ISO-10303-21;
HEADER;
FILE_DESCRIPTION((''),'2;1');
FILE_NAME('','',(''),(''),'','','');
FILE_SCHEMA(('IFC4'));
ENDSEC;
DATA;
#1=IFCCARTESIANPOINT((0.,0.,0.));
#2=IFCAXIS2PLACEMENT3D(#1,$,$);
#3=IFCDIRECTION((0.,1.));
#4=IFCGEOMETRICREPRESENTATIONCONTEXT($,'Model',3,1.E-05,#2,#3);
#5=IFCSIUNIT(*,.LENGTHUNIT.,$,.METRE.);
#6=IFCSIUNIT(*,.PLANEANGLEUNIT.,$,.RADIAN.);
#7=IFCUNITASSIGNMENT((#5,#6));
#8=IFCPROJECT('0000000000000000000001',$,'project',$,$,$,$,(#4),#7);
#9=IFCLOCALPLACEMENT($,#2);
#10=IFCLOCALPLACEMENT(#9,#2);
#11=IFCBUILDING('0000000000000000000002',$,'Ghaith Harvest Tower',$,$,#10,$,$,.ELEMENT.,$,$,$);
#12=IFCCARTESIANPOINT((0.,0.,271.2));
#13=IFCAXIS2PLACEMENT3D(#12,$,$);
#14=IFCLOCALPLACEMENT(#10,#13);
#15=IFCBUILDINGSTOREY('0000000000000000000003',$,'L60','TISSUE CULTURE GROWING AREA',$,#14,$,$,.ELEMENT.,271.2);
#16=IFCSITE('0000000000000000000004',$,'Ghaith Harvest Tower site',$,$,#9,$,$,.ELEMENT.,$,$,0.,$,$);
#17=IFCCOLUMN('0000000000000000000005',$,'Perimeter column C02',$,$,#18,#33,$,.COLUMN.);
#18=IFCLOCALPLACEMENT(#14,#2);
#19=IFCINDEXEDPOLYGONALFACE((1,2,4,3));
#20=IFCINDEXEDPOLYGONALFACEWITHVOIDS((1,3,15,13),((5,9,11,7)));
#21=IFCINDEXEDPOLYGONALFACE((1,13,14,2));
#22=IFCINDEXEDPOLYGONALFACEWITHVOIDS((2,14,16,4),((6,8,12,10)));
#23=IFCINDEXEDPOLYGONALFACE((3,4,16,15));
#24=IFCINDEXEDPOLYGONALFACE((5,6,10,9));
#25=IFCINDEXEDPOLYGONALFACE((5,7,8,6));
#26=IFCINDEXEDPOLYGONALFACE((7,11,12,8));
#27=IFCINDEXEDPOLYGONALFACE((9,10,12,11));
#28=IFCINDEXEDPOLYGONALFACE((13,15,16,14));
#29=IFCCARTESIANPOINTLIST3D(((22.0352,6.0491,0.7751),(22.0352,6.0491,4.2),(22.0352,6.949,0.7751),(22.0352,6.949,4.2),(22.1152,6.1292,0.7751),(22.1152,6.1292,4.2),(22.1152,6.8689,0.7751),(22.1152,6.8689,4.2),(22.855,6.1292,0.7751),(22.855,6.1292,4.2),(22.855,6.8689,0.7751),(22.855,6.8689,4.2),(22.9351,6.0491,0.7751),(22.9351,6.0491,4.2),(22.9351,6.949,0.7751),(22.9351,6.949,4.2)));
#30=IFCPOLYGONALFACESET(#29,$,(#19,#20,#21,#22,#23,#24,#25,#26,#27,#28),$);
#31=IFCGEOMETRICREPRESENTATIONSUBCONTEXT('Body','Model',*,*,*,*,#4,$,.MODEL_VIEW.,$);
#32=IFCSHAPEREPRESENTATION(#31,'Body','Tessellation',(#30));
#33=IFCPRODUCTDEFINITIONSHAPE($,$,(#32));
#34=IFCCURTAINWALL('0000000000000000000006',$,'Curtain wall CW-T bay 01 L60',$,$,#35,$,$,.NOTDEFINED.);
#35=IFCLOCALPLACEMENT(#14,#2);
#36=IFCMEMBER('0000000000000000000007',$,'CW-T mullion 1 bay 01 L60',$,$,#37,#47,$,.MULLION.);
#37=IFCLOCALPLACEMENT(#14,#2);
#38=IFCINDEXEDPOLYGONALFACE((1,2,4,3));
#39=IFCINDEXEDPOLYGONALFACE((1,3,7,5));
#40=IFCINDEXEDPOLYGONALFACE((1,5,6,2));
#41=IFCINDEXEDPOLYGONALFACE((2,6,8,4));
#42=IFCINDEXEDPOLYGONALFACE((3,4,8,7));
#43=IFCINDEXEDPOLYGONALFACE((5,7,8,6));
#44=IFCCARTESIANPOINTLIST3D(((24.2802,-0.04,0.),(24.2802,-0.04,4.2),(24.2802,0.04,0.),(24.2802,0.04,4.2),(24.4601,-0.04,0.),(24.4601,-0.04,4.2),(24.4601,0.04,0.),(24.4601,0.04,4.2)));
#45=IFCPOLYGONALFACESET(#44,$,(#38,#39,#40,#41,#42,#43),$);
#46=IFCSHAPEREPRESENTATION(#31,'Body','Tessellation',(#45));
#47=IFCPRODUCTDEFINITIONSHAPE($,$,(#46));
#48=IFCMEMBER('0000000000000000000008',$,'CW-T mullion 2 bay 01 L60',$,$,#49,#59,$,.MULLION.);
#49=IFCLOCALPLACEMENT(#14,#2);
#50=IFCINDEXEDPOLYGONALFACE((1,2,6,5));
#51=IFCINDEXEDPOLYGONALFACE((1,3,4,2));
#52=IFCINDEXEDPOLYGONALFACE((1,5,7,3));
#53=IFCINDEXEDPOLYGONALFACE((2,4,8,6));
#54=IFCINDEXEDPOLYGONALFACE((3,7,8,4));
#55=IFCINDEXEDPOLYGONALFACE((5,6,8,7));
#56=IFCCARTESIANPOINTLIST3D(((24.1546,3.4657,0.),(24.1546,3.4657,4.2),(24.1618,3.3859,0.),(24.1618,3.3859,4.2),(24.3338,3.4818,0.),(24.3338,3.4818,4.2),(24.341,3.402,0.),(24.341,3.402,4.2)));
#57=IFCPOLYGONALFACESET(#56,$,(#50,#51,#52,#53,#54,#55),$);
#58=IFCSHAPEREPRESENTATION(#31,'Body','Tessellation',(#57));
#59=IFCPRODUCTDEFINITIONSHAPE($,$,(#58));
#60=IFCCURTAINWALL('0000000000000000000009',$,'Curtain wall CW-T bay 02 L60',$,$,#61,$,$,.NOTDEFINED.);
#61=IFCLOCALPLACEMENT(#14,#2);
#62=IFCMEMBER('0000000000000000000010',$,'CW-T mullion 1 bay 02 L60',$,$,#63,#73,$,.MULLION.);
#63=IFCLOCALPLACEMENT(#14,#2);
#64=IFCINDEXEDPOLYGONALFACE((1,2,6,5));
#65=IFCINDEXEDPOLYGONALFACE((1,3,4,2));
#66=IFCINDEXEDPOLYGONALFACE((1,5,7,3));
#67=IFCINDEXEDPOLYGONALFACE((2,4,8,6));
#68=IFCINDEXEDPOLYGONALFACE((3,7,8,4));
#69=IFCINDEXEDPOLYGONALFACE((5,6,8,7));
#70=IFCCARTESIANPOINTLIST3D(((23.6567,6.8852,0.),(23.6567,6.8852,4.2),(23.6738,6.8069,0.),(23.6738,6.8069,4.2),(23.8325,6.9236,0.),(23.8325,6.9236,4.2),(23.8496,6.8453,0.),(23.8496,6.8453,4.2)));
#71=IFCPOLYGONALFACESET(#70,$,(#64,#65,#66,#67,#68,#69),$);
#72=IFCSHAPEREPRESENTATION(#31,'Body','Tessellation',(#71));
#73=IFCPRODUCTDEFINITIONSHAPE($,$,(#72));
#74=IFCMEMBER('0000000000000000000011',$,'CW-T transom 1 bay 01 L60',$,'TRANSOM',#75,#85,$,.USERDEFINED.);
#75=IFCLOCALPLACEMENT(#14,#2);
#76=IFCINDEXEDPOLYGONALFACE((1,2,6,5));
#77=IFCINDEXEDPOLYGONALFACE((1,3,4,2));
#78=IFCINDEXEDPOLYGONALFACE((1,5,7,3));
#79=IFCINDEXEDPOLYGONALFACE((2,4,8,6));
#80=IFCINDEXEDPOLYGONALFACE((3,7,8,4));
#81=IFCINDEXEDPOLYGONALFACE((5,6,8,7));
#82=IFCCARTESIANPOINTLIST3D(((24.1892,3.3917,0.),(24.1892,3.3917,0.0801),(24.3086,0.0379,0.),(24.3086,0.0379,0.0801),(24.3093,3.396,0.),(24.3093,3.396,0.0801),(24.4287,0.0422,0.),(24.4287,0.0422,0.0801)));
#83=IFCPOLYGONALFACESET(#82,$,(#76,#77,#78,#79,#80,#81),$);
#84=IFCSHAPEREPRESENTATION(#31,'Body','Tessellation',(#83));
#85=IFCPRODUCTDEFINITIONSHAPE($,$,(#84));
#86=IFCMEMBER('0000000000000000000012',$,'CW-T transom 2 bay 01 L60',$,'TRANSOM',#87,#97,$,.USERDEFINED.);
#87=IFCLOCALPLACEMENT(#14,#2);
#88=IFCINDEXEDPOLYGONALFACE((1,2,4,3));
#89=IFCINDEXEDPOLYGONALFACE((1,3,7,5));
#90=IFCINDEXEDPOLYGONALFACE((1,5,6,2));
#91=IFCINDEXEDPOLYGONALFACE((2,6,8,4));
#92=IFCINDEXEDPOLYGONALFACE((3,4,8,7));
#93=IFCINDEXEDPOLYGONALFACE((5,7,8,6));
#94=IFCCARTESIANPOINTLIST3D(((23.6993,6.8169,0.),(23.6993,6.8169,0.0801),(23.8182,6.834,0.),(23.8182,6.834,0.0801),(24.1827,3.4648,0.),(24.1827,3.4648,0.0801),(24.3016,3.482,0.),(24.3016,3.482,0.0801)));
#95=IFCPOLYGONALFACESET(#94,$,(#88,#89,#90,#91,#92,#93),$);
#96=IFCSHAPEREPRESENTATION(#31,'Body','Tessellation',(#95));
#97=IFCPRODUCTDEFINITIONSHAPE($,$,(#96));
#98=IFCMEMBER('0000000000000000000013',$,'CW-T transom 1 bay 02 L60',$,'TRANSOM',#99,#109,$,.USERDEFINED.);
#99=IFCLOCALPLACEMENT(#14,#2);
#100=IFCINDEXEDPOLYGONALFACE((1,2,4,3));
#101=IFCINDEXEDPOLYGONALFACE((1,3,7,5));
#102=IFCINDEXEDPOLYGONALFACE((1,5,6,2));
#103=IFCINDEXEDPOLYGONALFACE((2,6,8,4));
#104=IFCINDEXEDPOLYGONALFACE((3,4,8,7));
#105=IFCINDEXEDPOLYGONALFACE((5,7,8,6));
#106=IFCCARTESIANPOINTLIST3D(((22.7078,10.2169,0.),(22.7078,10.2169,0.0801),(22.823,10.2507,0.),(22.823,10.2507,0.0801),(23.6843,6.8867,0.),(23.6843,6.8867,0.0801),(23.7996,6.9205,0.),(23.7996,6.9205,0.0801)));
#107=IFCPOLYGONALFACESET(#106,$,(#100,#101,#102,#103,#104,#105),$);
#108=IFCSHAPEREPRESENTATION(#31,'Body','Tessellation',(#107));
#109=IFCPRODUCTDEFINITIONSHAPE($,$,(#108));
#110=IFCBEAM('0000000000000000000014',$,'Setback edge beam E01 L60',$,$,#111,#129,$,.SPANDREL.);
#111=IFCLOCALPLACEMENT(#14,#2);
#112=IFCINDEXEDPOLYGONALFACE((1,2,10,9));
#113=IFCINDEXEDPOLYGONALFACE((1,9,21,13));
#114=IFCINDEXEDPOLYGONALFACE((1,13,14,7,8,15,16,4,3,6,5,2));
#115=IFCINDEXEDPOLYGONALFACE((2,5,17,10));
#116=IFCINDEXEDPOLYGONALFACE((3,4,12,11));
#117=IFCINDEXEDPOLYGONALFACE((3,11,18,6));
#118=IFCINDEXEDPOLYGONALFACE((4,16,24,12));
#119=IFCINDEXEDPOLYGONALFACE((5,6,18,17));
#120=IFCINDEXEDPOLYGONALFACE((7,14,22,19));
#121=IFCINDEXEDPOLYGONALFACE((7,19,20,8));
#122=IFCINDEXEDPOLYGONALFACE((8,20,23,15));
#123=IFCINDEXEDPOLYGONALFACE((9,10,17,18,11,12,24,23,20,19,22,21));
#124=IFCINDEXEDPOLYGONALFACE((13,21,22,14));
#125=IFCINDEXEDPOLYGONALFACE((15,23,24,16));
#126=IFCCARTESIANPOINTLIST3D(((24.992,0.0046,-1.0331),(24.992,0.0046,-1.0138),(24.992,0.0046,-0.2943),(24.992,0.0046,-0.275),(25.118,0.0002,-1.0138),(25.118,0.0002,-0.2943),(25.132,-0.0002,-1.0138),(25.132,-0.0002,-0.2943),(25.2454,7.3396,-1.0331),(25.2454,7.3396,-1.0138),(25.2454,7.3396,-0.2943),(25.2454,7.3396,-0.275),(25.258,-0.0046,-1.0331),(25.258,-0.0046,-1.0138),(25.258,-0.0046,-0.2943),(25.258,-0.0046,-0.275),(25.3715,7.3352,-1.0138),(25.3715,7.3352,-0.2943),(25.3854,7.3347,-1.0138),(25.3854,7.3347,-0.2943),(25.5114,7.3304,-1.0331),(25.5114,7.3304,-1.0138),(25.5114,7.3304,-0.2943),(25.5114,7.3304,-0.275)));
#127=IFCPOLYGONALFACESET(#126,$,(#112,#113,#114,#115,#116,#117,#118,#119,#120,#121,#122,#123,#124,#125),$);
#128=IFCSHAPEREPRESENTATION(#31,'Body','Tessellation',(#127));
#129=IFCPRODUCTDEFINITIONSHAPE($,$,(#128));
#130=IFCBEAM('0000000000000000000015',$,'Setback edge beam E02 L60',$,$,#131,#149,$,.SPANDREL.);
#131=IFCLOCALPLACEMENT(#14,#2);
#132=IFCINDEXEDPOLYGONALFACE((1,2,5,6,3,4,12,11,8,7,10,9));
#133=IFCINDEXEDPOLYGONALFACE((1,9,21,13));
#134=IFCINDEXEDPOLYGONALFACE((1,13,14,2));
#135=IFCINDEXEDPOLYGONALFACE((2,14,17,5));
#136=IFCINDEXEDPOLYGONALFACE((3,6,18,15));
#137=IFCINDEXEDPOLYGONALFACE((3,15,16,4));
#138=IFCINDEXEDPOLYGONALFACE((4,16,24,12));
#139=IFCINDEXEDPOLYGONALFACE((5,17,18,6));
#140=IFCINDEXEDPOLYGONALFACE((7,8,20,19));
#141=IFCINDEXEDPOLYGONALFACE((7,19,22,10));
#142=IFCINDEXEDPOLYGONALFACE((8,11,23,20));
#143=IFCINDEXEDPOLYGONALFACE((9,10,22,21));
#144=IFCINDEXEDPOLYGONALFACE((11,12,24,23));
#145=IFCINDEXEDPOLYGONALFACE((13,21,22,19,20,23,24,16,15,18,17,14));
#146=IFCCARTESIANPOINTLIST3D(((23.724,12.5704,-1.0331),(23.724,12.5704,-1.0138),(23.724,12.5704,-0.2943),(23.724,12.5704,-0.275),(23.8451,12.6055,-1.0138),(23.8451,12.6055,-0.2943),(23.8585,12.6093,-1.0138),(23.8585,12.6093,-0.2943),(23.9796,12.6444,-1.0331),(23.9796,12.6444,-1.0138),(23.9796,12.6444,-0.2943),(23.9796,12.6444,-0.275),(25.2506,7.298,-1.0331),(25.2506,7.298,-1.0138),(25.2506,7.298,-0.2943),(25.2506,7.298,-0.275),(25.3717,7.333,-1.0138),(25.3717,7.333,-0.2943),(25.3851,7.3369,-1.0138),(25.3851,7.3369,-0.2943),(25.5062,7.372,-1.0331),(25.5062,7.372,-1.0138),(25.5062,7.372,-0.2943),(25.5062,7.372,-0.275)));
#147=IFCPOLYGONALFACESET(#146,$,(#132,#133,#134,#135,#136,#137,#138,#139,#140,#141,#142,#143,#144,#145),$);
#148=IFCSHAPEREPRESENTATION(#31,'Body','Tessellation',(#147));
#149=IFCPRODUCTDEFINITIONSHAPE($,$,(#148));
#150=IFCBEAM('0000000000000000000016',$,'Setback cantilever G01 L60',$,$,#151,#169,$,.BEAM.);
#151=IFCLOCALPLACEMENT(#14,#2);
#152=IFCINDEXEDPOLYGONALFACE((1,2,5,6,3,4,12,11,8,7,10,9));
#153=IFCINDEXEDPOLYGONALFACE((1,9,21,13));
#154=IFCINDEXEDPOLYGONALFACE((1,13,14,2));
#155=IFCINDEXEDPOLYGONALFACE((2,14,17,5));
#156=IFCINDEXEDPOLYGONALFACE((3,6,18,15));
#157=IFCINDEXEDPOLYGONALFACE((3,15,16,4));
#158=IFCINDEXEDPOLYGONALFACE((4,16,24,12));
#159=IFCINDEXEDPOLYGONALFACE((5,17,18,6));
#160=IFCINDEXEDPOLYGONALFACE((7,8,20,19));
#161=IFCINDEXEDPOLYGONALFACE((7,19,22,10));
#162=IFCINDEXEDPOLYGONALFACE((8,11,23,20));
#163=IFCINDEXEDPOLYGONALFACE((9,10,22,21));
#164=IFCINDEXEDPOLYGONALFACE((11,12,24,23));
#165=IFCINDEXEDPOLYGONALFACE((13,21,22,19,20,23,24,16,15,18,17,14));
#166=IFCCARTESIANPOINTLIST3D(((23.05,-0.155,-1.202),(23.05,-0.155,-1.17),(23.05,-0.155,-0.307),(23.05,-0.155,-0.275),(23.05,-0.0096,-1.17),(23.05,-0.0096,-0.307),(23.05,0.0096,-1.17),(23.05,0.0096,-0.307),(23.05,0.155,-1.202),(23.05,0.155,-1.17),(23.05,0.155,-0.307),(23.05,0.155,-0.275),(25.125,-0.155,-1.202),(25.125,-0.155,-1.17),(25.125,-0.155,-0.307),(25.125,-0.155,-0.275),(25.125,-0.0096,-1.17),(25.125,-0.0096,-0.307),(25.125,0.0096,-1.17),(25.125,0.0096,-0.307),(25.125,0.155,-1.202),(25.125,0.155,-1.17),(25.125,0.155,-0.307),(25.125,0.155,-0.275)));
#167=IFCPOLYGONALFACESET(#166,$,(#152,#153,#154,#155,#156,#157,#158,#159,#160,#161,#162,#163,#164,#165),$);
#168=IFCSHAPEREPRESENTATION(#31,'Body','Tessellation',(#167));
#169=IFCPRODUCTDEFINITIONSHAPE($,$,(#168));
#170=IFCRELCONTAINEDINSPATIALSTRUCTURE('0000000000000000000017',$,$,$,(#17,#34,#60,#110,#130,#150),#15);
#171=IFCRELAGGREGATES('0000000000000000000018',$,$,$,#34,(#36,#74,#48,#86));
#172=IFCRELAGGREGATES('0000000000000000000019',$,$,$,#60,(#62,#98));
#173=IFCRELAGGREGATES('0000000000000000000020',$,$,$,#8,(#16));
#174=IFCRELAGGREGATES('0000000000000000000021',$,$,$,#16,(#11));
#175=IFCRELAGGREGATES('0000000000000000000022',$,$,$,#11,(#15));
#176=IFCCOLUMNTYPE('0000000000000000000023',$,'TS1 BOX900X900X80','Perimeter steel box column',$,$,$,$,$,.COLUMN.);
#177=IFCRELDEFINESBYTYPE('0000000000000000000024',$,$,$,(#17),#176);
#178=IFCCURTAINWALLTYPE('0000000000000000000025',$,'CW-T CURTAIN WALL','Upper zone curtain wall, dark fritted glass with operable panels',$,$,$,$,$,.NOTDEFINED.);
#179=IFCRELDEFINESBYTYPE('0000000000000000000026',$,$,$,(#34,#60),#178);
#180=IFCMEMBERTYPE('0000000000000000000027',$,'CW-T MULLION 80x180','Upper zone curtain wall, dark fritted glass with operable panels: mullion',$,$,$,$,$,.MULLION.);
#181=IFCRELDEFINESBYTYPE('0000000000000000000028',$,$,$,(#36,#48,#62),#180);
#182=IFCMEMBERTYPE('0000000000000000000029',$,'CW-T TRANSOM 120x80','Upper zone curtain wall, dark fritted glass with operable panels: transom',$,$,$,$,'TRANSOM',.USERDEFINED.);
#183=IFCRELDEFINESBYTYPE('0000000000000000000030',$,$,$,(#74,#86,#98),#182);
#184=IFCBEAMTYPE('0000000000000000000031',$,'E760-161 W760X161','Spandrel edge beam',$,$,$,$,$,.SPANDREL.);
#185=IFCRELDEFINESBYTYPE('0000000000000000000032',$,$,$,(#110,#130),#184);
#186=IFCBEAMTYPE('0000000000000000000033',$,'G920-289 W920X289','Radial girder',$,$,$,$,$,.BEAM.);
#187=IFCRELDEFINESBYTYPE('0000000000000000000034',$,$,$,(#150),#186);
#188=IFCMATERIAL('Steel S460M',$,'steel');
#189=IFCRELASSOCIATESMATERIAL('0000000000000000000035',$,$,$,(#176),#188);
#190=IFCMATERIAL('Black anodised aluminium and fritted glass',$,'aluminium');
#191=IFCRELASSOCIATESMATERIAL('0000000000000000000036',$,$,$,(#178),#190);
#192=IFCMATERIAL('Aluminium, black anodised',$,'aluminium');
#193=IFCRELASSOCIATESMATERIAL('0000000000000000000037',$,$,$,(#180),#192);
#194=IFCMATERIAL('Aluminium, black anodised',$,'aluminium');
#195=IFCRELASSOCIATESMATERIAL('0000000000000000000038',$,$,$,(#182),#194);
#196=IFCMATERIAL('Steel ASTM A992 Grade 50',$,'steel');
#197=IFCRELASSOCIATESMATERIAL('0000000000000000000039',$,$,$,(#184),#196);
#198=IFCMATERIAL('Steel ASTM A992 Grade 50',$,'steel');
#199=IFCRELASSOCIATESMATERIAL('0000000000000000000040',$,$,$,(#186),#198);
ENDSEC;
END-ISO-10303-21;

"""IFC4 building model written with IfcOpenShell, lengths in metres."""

from ifc_helpers import new_model, si_unit, direction, frame, origin, origin_2d, place, context, subcontext, project, spatial, rectangle, hollow_rectangle, i_section, extrude, material, material_profile, profile_set, type_object, element, aggregate, save


model = new_model("IFC4")

# Units and contexts
model_context = context("Model", 3, precision=1e-05, world=origin(), true_north=direction((0.0, 1.0)))
body_context = subcontext(model_context, "Body", "Model", "MODEL_VIEW")
ifc_project = project(units=[si_unit("LENGTHUNIT", "METRE"), si_unit("PLANEANGLEUNIT", "RADIAN")], contexts=[model_context])

# Site, building, storey
site_placement = place(None, origin())
site = spatial("IfcSite", under=ifc_project, at=site_placement, Name="Ghaith Harvest Tower site", CompositionType="ELEMENT", RefElevation=0.0)
building_placement = place(site_placement, origin())
building = spatial("IfcBuilding", under=site, at=building_placement, Name="Ghaith Harvest Tower", CompositionType="ELEMENT")
storey_placement = place(building_placement, frame((0.0, 0.0, 271.2)))
storey = spatial("IfcBuildingStorey", under=building, at=storey_placement, Name="L60", Description="TISSUE CULTURE GROWING AREA", CompositionType="ELEMENT", Elevation=271.2)

# Column
ifc_material_1 = material(Name="Steel S460M", Category="steel")
ifc_material_profile_1 = material_profile(ifc_material_1, hollow_rectangle(XDim=0.8999, YDim=0.8999, WallThickness=0.0801, at=origin_2d()), Name="BOX900X900X80")
ifc_profile_set_1 = profile_set([ifc_material_profile_1], Name="Steel S460M")
column_type = type_object("IfcColumnType", Name="TS1 BOX900X900X80", Description="Perimeter steel box column", PredefinedType="COLUMN", material=ifc_profile_set_1)
column_placement = place(storey_placement, frame((22.4851, 6.499, 0.7751), z_axis=(0.0, 0.0, 1.0), x_axis=(1.0, 0.0, 0.0)))
element("IfcColumn", 1, at=column_placement, inside=storey, type_object=column_type, Name="Perimeter column C02", PredefinedType="COLUMN", context=body_context, shape_type="SweptSolid", body=[
    extrude(hollow_rectangle(XDim=0.8999, YDim=0.8999, WallThickness=0.0801, at=origin_2d()), origin(), (0.0, 0.0, 1.0), 3.4248),
])

# Curtain wall, members
ifc_material_2 = material(Name="Black anodised aluminium and fritted glass", Category="aluminium")
curtain_wall_type = type_object("IfcCurtainWallType", Name="CW-T CURTAIN WALL", Description="Upper zone curtain wall, dark fritted glass with operable panels", PredefinedType="NOTDEFINED", material=ifc_material_2)
curtain_wall_1_placement = place(storey_placement, origin())
curtain_wall_1 = element("IfcCurtainWall", 2, at=curtain_wall_1_placement, inside=storey, type_object=curtain_wall_type, Name="Curtain wall CW-T bay 01 L60", PredefinedType="NOTDEFINED")
ifc_material_3 = material(Name="Aluminium, black anodised", Category="aluminium")
ifc_material_profile_2 = material_profile(ifc_material_3, rectangle(XDim=0.0801, YDim=0.1799, at=origin_2d()), Name="CW-T MULLION 80x180")
ifc_profile_set_2 = profile_set([ifc_material_profile_2], Name="Aluminium, black anodised")
member_type_1 = type_object("IfcMemberType", Name="CW-T MULLION 80x180", Description="Upper zone curtain wall, dark fritted glass with operable panels: mullion", PredefinedType="MULLION", material=ifc_profile_set_2)
member_1_placement = place(storey_placement, frame((24.3701, 0.0, 0.0), z_axis=(0.0, 0.0, 1.0), x_axis=(0.0, 1.0, 0.0)))
member_1 = element("IfcMember", 3, at=member_1_placement, type_object=member_type_1, Name="CW-T mullion 1 bay 01 L60", PredefinedType="MULLION", context=body_context, shape_type="SweptSolid", body=[
    extrude(rectangle(XDim=0.0801, YDim=0.1799, at=origin_2d()), origin(), (0.0, 0.0, 1.0), 4.2),
])
member_2_placement = place(storey_placement, frame((24.2478, 3.4338, 0.0), z_axis=(0.0, 0.0, 1.0), x_axis=(-0.089502, 0.995987, 0.0)))
member_2 = element("IfcMember", 4, at=member_2_placement, type_object=member_type_1, Name="CW-T mullion 2 bay 01 L60", PredefinedType="MULLION", context=body_context, shape_type="SweptSolid", body=[
    extrude(rectangle(XDim=0.0801, YDim=0.1799, at=origin_2d()), origin(), (0.0, 0.0, 1.0), 4.2),
])

# Curtain wall, member
curtain_wall_2_placement = place(storey_placement, origin())
curtain_wall_2 = element("IfcCurtainWall", 5, at=curtain_wall_2_placement, inside=storey, type_object=curtain_wall_type, Name="Curtain wall CW-T bay 02 L60", PredefinedType="NOTDEFINED")
member_3_placement = place(storey_placement, frame((23.7532, 6.8652, 0.0), z_axis=(0.0, 0.0, 1.0), x_axis=(-0.213402, 0.976964, 0.0)))
member_3 = element("IfcMember", 6, at=member_3_placement, type_object=member_type_1, Name="CW-T mullion 1 bay 02 L60", PredefinedType="MULLION", context=body_context, shape_type="SweptSolid", body=[
    extrude(rectangle(XDim=0.0801, YDim=0.1799, at=origin_2d()), origin(), (0.0, 0.0, 1.0), 4.2),
])

# Members
ifc_material_4 = material(Name="Aluminium, black anodised", Category="aluminium")
ifc_material_profile_3 = material_profile(ifc_material_4, rectangle(XDim=0.1201, YDim=0.0801, at=origin_2d()), Name="CW-T TRANSOM 120x80")
ifc_profile_set_3 = profile_set([ifc_material_profile_3], Name="Aluminium, black anodised")
member_type_2 = type_object("IfcMemberType", Name="CW-T TRANSOM 120x80", Description="Upper zone curtain wall, dark fritted glass with operable panels: transom", ElementType="TRANSOM", PredefinedType="USERDEFINED", material=ifc_profile_set_3)
member_4_placement = place(storey_placement, frame((24.3687, 0.04, 0.04), z_axis=(-0.035575, 0.999367, 0.0), x_axis=(-0.999367, -0.035575, 0.0)))
member_4 = element("IfcMember", 7, at=member_4_placement, type_object=member_type_2, Name="CW-T transom 1 bay 01 L60", ObjectType="TRANSOM", PredefinedType="USERDEFINED", context=body_context, shape_type="SweptSolid", body=[
    extrude(rectangle(XDim=0.1201, YDim=0.0801, at=origin_2d()), origin(), (0.0, 0.0, 1.0), 3.356),
])
member_5_placement = place(storey_placement, frame((24.2422, 3.4734, 0.04), z_axis=(-0.142733, 0.989761, 0.0), x_axis=(-0.989761, -0.142733, 0.0)))
member_5 = element("IfcMember", 8, at=member_5_placement, type_object=member_type_2, Name="CW-T transom 2 bay 01 L60", ObjectType="TRANSOM", PredefinedType="USERDEFINED", context=body_context, shape_type="SweptSolid", body=[
    extrude(rectangle(XDim=0.1201, YDim=0.0801, at=origin_2d()), origin(), (0.0, 0.0, 1.0), 3.3867),
])
member_6_placement = place(storey_placement, frame((23.7419, 6.9036, 0.04), z_axis=(-0.281385, 0.959595, 0.0), x_axis=(-0.959595, -0.281385, 0.0)))
member_6 = element("IfcMember", 9, at=member_6_placement, type_object=member_type_2, Name="CW-T transom 1 bay 02 L60", ObjectType="TRANSOM", PredefinedType="USERDEFINED", context=body_context, shape_type="SweptSolid", body=[
    extrude(rectangle(XDim=0.1201, YDim=0.0801, at=origin_2d()), origin(), (0.0, 0.0, 1.0), 3.4705),
])

# Beams
ifc_material_5 = material(Name="Steel ASTM A992 Grade 50", Category="steel")
ifc_material_profile_4 = material_profile(ifc_material_5, i_section(OverallWidth=0.2661, OverallDepth=0.7581, WebThickness=0.0139, FlangeThickness=0.0193, at=origin_2d()), Name="W760X161")
ifc_profile_set_4 = profile_set([ifc_material_profile_4], Name="Steel ASTM A992 Grade 50")
beam_type_1 = type_object("IfcBeamType", Name="E760-161 W760X161", Description="Spandrel edge beam", PredefinedType="SPANDREL", material=ifc_profile_set_4)
beam_1_placement = place(storey_placement, frame((25.125, 0.0, -0.6541), z_axis=(0.034529, 0.999404, 0.0), x_axis=(-0.999404, 0.034529, 0.0)))
element("IfcBeam", 10, at=beam_1_placement, inside=storey, type_object=beam_type_1, Name="Setback edge beam E01 L60", PredefinedType="SPANDREL", context=body_context, shape_type="SweptSolid", body=[
    extrude(i_section(OverallWidth=0.2661, OverallDepth=0.7581, WebThickness=0.0139, FlangeThickness=0.0193, at=origin_2d()), origin(), (0.0, 0.0, 1.0), 7.3394),
])
beam_2_placement = place(storey_placement, frame((25.3784, 7.335, -0.6541), z_axis=(-0.278121, 0.960546, 0.0), x_axis=(-0.960546, -0.278121, 0.0)))
element("IfcBeam", 11, at=beam_2_placement, inside=storey, type_object=beam_type_1, Name="Setback edge beam E02 L60", PredefinedType="SPANDREL", context=body_context, shape_type="SweptSolid", body=[
    extrude(i_section(OverallWidth=0.2661, OverallDepth=0.7581, WebThickness=0.0139, FlangeThickness=0.0193, at=origin_2d()), origin(), (0.0, 0.0, 1.0), 5.489),
])
ifc_material_6 = material(Name="Steel ASTM A992 Grade 50", Category="steel")
ifc_material_profile_5 = material_profile(ifc_material_6, i_section(OverallWidth=0.3101, OverallDepth=0.927, WebThickness=0.0193, FlangeThickness=0.032, at=origin_2d()), Name="W920X289")
ifc_profile_set_5 = profile_set([ifc_material_profile_5], Name="Steel ASTM A992 Grade 50")
beam_type_2 = type_object("IfcBeamType", Name="G920-289 W920X289", Description="Radial girder", PredefinedType="BEAM", material=ifc_profile_set_5)
beam_3_placement = place(storey_placement, frame((23.05, 0.0, -0.7385), z_axis=(1.0, 0.0, 0.0), x_axis=(0.0, 1.0, 0.0)))
element("IfcBeam", 12, at=beam_3_placement, inside=storey, type_object=beam_type_2, Name="Setback cantilever G01 L60", PredefinedType="BEAM", context=body_context, shape_type="SweptSolid", body=[
    extrude(i_section(OverallWidth=0.3101, OverallDepth=0.927, WebThickness=0.0193, FlangeThickness=0.032, at=origin_2d()), origin(), (0.0, 0.0, 1.0), 2.075),
])

aggregate(curtain_wall_1, [member_1, member_4, member_2, member_5])
aggregate(curtain_wall_2, [member_3, member_6])

save(model, "model.ifc")
